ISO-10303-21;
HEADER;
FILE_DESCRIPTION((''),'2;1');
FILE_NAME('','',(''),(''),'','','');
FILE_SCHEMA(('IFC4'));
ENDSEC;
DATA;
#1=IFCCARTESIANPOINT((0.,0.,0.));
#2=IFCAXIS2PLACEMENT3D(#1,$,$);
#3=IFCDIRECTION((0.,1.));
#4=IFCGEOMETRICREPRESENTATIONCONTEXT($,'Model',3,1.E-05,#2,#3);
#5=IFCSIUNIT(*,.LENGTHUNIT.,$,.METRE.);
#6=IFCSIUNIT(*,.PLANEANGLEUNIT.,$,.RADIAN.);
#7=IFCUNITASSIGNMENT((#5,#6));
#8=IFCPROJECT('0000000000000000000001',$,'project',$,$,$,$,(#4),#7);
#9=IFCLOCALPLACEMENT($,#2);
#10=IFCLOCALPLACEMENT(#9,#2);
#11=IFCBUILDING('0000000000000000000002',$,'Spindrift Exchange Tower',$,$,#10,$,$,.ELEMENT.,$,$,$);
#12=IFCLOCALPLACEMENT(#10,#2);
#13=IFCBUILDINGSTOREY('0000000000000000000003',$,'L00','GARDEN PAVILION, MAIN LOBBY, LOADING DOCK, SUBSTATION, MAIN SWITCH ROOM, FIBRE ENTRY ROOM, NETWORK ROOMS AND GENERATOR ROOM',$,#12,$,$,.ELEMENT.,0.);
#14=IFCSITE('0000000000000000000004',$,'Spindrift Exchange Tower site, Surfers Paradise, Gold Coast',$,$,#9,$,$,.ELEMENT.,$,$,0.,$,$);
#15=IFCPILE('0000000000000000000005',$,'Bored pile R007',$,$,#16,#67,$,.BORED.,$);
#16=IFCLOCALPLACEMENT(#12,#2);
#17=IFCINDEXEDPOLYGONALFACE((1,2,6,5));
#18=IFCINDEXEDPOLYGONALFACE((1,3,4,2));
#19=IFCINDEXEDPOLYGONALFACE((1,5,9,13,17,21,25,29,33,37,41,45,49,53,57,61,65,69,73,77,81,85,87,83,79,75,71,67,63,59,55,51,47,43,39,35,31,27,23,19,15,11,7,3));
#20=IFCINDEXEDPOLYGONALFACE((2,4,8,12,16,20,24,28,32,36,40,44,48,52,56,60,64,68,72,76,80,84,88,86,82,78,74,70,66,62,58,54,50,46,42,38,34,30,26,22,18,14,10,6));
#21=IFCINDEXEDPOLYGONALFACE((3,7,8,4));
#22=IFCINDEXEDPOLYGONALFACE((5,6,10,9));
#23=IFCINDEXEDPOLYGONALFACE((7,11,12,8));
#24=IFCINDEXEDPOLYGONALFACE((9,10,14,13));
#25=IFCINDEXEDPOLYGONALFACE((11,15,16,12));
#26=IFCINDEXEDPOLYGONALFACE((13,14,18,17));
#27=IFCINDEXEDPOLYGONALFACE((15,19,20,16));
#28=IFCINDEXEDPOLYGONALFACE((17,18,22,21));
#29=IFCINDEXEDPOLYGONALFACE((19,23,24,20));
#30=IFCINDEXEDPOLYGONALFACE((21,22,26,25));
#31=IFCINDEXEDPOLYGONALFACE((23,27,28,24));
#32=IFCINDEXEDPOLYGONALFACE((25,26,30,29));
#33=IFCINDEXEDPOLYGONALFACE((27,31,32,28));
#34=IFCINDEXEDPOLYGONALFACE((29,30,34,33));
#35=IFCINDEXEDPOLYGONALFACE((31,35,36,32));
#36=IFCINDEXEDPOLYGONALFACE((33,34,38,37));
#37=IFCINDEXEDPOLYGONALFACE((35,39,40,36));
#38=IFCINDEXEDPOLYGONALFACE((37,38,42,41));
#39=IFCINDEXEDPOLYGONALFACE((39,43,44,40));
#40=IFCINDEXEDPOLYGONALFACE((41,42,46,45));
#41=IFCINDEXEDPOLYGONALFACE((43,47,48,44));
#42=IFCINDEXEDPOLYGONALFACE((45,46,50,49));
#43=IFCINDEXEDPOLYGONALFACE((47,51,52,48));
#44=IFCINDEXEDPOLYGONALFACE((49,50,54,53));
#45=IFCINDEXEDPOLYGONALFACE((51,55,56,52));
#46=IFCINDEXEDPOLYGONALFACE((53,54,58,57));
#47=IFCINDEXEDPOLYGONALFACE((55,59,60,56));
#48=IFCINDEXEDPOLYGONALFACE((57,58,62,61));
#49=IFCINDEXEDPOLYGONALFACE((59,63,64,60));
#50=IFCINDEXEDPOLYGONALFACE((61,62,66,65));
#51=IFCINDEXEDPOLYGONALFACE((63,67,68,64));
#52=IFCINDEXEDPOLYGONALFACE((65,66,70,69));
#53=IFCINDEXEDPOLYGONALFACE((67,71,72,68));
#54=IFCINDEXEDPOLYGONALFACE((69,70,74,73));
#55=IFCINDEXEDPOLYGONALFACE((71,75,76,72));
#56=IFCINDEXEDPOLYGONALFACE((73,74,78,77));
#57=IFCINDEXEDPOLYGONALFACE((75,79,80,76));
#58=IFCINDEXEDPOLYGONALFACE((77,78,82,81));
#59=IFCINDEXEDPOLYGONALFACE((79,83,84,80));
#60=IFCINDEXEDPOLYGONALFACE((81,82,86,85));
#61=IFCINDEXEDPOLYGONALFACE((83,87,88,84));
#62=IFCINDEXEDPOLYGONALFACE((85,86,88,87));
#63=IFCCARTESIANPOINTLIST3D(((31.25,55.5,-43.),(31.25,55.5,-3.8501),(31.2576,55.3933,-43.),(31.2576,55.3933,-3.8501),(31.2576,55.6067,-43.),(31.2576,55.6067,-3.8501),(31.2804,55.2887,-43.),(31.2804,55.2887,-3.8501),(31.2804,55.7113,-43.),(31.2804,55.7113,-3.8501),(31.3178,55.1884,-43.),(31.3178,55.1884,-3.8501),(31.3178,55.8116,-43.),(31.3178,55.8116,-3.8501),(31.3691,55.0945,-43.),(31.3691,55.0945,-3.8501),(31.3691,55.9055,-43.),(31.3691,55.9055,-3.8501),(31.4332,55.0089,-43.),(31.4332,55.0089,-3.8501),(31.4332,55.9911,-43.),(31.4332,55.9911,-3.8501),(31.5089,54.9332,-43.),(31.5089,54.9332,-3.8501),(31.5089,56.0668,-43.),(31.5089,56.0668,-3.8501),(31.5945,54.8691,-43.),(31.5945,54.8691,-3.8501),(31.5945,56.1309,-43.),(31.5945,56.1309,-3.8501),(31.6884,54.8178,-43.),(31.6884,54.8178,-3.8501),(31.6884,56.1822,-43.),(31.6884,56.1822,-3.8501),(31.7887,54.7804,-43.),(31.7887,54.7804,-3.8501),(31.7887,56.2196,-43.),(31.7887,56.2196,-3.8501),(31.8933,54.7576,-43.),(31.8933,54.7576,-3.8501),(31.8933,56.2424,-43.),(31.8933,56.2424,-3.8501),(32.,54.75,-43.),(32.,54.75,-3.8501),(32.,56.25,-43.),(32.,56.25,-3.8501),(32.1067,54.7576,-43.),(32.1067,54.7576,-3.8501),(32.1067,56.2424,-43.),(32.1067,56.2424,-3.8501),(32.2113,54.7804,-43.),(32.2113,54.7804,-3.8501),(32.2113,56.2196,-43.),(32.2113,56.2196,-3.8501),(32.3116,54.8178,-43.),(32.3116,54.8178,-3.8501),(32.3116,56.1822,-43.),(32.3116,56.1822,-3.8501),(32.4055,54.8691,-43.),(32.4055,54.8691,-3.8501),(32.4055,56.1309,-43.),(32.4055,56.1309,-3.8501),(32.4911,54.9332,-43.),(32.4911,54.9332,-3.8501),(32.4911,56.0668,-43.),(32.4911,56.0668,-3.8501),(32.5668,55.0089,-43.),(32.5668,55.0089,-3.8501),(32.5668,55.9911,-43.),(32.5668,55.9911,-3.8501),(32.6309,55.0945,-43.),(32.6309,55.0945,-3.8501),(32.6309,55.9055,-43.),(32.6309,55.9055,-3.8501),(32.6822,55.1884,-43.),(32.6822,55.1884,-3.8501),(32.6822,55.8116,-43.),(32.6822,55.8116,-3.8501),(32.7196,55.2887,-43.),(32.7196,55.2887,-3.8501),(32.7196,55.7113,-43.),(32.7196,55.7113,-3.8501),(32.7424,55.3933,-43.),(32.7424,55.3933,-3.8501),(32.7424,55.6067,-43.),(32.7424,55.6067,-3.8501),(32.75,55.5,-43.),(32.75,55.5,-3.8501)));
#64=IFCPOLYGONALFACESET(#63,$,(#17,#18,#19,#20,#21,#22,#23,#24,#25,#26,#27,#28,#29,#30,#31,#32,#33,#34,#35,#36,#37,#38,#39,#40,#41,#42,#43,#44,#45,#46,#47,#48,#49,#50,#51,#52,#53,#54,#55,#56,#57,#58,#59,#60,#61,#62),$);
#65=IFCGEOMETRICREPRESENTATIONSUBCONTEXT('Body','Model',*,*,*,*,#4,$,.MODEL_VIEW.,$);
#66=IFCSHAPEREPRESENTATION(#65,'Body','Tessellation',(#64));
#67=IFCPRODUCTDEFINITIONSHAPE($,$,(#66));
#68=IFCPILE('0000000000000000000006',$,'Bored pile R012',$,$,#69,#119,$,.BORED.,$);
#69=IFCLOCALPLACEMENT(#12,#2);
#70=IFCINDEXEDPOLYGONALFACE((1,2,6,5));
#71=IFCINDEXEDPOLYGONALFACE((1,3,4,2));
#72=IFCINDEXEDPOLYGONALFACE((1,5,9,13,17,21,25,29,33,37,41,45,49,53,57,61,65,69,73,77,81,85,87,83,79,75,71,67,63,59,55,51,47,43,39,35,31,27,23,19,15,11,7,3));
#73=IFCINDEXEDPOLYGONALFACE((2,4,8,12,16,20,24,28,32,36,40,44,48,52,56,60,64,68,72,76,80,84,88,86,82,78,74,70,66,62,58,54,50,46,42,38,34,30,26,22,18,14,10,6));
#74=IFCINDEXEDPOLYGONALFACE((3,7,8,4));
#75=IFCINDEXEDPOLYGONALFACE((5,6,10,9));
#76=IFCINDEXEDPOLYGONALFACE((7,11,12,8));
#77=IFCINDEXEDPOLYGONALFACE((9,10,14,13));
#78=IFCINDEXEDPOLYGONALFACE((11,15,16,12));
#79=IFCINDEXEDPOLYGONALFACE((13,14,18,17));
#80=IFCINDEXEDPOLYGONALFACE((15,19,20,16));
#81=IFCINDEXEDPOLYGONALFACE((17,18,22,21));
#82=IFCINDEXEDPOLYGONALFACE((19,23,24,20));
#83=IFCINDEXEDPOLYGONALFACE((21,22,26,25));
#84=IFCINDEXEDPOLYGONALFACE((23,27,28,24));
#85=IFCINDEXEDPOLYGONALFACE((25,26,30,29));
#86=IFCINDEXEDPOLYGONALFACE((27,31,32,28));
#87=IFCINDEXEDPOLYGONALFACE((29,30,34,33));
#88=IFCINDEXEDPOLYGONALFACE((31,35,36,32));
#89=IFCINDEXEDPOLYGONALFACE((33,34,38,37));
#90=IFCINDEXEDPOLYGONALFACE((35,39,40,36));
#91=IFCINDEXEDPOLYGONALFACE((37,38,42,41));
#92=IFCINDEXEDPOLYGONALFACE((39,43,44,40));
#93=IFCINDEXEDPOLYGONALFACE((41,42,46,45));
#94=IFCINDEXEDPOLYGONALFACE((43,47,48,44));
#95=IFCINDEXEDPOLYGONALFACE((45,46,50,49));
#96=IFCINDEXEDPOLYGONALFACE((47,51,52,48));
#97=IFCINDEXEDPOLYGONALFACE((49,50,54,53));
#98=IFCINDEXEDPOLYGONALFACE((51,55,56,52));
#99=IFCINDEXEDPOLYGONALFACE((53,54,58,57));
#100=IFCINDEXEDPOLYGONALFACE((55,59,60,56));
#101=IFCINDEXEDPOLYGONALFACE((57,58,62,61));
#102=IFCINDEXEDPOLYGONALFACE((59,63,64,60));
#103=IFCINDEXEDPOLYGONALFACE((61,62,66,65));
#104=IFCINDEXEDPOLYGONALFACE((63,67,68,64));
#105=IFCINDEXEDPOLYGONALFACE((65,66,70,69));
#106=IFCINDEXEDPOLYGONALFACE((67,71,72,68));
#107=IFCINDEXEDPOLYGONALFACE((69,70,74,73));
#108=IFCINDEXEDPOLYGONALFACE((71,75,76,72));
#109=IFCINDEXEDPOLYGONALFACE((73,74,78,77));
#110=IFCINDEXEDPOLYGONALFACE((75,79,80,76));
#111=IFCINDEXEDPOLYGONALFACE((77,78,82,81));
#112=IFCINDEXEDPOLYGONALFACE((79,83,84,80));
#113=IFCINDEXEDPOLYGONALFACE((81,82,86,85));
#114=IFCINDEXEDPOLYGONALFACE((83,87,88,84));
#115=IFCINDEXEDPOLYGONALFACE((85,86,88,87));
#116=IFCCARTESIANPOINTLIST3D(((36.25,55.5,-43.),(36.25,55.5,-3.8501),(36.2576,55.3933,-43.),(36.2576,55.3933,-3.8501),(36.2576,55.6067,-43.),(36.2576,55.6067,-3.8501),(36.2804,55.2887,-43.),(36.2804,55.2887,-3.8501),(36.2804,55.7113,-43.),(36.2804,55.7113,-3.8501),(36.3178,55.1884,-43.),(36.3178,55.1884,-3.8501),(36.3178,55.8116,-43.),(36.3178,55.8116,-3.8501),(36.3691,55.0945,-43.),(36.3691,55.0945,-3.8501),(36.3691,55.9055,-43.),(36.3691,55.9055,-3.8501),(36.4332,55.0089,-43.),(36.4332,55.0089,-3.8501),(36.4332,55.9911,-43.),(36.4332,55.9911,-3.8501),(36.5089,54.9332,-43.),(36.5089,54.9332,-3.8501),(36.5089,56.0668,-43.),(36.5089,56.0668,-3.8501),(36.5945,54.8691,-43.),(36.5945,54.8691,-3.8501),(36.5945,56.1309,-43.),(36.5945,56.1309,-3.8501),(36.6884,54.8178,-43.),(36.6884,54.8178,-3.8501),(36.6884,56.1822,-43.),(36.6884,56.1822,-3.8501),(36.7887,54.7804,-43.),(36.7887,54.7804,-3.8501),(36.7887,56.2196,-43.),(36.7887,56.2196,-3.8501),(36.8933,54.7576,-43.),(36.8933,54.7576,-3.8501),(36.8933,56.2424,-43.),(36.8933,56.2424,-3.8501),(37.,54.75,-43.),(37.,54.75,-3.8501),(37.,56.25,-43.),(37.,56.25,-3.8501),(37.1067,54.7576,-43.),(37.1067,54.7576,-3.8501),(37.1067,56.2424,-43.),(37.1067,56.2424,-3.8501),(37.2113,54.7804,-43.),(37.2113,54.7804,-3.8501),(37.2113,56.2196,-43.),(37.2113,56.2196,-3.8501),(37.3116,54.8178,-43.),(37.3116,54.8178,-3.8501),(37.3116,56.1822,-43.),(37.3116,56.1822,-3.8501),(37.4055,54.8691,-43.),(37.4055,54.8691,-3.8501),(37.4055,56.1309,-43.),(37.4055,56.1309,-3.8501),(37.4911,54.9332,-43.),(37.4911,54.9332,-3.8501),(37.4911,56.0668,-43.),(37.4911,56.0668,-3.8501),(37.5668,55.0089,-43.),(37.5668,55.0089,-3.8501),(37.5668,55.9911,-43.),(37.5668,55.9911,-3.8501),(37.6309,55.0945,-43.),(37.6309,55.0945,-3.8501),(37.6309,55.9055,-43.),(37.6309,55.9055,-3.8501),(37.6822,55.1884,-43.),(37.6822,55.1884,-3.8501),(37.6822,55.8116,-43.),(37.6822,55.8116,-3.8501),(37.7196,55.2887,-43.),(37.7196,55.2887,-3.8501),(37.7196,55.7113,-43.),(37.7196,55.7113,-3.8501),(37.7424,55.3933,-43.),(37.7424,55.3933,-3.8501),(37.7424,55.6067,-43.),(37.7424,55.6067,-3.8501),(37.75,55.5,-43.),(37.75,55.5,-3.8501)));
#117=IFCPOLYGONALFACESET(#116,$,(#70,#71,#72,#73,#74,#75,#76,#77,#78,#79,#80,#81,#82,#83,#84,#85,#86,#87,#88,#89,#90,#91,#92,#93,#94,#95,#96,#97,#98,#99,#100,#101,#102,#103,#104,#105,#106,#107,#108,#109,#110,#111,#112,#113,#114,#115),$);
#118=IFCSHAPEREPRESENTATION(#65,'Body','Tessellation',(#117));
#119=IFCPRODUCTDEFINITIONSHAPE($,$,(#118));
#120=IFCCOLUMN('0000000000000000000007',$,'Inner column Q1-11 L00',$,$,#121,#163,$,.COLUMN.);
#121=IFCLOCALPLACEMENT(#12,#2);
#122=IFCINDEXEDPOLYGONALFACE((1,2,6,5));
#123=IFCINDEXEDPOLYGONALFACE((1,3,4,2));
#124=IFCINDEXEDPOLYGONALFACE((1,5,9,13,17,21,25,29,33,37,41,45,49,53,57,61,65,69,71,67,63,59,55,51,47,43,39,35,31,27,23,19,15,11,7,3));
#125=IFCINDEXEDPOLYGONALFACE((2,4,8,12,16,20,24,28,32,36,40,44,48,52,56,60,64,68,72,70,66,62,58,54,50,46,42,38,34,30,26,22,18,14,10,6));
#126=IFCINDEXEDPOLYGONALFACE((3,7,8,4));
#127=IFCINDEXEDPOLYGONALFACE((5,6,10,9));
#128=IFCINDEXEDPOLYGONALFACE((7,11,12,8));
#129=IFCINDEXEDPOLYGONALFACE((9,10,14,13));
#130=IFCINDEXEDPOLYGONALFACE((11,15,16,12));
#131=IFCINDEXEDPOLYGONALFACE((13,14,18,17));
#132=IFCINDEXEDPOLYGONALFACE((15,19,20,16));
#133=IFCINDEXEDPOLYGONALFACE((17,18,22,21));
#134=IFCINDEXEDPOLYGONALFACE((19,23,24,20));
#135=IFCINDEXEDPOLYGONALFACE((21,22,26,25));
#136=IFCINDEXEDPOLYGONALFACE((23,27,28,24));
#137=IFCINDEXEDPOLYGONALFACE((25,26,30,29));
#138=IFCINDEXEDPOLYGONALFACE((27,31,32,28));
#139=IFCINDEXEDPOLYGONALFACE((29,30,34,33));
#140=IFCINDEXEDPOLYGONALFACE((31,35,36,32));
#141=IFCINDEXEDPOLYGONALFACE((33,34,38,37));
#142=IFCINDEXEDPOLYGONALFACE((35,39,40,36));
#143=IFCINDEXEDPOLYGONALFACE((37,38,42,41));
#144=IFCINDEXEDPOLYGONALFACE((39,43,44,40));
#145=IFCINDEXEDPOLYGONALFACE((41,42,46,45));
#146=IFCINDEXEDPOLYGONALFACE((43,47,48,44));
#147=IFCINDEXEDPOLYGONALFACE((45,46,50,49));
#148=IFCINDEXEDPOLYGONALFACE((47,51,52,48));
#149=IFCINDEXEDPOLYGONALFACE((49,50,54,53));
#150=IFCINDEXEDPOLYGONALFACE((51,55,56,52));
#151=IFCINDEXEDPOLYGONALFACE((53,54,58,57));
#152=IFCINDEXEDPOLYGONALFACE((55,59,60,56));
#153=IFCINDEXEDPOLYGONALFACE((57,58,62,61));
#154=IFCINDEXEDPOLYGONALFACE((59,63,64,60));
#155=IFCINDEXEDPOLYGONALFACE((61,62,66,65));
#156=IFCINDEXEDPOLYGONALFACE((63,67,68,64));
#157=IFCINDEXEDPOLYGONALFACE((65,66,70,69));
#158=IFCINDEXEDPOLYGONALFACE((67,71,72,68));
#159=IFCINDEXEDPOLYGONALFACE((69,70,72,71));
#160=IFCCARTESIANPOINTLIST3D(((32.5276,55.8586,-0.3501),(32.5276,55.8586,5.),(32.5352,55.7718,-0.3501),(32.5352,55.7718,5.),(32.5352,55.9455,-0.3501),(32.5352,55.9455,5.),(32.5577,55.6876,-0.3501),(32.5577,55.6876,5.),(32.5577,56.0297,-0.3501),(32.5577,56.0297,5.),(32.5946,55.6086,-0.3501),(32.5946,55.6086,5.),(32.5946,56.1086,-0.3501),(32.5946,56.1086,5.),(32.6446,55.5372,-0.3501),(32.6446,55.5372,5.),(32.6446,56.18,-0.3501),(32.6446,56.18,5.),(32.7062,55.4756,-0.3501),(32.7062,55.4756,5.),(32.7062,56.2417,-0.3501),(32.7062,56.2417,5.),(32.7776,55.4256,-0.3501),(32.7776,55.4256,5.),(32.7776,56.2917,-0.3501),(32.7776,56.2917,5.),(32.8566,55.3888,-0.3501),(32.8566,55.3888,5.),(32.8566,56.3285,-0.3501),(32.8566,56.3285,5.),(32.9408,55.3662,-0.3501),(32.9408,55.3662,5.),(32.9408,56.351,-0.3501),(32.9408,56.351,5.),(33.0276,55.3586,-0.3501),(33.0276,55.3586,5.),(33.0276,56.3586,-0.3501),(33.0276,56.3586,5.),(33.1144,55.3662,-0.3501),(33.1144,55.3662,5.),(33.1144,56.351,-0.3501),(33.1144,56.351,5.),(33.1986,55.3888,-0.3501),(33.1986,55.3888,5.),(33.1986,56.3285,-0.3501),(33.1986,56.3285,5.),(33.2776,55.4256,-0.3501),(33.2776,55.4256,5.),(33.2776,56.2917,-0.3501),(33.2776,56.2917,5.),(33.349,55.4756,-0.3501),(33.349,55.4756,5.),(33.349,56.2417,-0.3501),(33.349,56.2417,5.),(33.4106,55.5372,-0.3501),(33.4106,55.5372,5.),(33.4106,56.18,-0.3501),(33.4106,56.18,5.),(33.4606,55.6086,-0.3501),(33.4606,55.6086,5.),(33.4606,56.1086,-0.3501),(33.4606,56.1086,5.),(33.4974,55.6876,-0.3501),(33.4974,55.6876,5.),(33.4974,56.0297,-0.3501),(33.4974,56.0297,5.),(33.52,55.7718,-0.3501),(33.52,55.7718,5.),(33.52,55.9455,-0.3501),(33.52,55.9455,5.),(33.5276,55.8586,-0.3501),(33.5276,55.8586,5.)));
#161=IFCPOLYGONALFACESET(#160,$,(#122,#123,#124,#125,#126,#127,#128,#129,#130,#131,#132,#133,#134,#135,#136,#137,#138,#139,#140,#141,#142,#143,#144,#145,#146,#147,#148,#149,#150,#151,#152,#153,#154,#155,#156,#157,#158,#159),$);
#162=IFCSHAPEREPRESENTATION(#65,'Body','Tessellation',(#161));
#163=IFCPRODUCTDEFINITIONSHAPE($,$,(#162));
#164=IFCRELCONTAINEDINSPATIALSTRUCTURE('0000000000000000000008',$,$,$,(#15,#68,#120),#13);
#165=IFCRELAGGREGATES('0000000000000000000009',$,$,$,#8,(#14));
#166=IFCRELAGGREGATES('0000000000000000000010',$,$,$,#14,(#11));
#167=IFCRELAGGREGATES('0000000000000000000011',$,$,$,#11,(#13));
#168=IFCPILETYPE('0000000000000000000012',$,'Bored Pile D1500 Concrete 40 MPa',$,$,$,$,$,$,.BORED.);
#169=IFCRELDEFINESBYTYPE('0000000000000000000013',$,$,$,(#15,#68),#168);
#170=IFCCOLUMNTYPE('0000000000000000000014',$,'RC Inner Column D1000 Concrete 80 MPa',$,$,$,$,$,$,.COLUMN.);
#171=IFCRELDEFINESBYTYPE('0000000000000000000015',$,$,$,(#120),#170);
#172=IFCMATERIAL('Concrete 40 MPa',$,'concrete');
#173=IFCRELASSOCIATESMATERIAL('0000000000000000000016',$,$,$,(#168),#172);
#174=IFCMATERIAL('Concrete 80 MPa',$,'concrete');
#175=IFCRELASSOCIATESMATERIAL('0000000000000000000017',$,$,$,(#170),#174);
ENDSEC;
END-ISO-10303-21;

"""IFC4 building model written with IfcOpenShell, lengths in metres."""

from ifc_helpers import new_model, si_unit, direction, frame, origin, origin_2d, place, context, subcontext, project, spatial, circle, extrude, source, transform, mapped, material, material_profile, profile_set, type_object, element, save


model = new_model("IFC4")

# Units and contexts
model_context = context("Model", 3, precision=1e-05, world=origin(), true_north=direction((0.0, 1.0)))
body_context = subcontext(model_context, "Body", "Model", "MODEL_VIEW")
ifc_project = project(units=[si_unit("LENGTHUNIT", "METRE"), si_unit("PLANEANGLEUNIT", "RADIAN")], contexts=[model_context])

# Site, building, storey
site_placement = place(None, origin())
site = spatial("IfcSite", under=ifc_project, at=site_placement, Name="Spindrift Exchange Tower site, Surfers Paradise, Gold Coast", CompositionType="ELEMENT", RefElevation=0.0)
building_placement = place(site_placement, origin())
building = spatial("IfcBuilding", under=site, at=building_placement, Name="Spindrift Exchange Tower", CompositionType="ELEMENT")
storey_placement = place(building_placement, origin())
storey = spatial("IfcBuildingStorey", under=building, at=storey_placement, Name="L00", Description="GARDEN PAVILION, MAIN LOBBY, LOADING DOCK, SUBSTATION, MAIN SWITCH ROOM, FIBRE ENTRY ROOM, NETWORK ROOMS AND GENERATOR ROOM", CompositionType="ELEMENT", Elevation=0.0)

# Piles
ifc_material_1 = material(Name="Concrete 40 MPa", Category="concrete")
ifc_material_profile_1 = material_profile(ifc_material_1, circle(Radius=0.75, at=origin_2d()), Name="BP D1500")
ifc_profile_set_1 = profile_set([ifc_material_profile_1], Name="Concrete 40 MPa")
pile_type = type_object("IfcPileType", Name="Bored Pile D1500 Concrete 40 MPa", PredefinedType="BORED", material=ifc_profile_set_1)
shared_shape_1 = source(origin(), body_context, "Body", "SweptSolid", [
    extrude(circle(Radius=0.75, at=origin_2d()), origin(), (0.0, 0.0, 1.0), 39.1499),
])
for number, where, z_axis, x_axis, name in (
    (1, (32.0, 55.5, -3.8501), (0.0, 0.0, -1.0), (1.0, 0.0, 0.0), "Bored pile R007"),
    (2, (37.0, 55.5, -3.8501), (0.0, 0.0, -1.0), (1.0, 0.0, 0.0), "Bored pile R012"),
):
    element("IfcPile", number, at=place(storey_placement, frame(where, z_axis=z_axis, x_axis=x_axis)), inside=storey, type_object=pile_type, Name=name, PredefinedType="BORED", context=body_context, shape_type="MappedRepresentation", body=[
        mapped(shared_shape_1, transform((0.0, 0.0, 0.0), scale=1.0)),
    ])

# Column
ifc_material_2 = material(Name="Concrete 80 MPa", Category="concrete")
ifc_material_profile_2 = material_profile(ifc_material_2, circle(Radius=0.5, at=origin_2d()), Name="RC D1000")
ifc_profile_set_2 = profile_set([ifc_material_profile_2], Name="Concrete 80 MPa")
column_type = type_object("IfcColumnType", Name="RC Inner Column D1000 Concrete 80 MPa", PredefinedType="COLUMN", material=ifc_profile_set_2)
shared_shape_2 = source(origin(), body_context, "Body", "SweptSolid", [
    extrude(circle(Radius=0.5, at=origin_2d()), origin(), (0.0, 0.0, 1.0), 5.3501),
])
column_placement = place(storey_placement, frame((33.0276, 55.8586, -0.3501), z_axis=(0.0, 0.0, 1.0), x_axis=(1.0, 0.0, 0.0)))
element("IfcColumn", 3, at=column_placement, inside=storey, type_object=column_type, Name="Inner column Q1-11 L00", PredefinedType="COLUMN", context=body_context, shape_type="MappedRepresentation", body=[
    mapped(shared_shape_2, transform((0.0, 0.0, 0.0), scale=1.0)),
])

save(model, "model.ifc")
